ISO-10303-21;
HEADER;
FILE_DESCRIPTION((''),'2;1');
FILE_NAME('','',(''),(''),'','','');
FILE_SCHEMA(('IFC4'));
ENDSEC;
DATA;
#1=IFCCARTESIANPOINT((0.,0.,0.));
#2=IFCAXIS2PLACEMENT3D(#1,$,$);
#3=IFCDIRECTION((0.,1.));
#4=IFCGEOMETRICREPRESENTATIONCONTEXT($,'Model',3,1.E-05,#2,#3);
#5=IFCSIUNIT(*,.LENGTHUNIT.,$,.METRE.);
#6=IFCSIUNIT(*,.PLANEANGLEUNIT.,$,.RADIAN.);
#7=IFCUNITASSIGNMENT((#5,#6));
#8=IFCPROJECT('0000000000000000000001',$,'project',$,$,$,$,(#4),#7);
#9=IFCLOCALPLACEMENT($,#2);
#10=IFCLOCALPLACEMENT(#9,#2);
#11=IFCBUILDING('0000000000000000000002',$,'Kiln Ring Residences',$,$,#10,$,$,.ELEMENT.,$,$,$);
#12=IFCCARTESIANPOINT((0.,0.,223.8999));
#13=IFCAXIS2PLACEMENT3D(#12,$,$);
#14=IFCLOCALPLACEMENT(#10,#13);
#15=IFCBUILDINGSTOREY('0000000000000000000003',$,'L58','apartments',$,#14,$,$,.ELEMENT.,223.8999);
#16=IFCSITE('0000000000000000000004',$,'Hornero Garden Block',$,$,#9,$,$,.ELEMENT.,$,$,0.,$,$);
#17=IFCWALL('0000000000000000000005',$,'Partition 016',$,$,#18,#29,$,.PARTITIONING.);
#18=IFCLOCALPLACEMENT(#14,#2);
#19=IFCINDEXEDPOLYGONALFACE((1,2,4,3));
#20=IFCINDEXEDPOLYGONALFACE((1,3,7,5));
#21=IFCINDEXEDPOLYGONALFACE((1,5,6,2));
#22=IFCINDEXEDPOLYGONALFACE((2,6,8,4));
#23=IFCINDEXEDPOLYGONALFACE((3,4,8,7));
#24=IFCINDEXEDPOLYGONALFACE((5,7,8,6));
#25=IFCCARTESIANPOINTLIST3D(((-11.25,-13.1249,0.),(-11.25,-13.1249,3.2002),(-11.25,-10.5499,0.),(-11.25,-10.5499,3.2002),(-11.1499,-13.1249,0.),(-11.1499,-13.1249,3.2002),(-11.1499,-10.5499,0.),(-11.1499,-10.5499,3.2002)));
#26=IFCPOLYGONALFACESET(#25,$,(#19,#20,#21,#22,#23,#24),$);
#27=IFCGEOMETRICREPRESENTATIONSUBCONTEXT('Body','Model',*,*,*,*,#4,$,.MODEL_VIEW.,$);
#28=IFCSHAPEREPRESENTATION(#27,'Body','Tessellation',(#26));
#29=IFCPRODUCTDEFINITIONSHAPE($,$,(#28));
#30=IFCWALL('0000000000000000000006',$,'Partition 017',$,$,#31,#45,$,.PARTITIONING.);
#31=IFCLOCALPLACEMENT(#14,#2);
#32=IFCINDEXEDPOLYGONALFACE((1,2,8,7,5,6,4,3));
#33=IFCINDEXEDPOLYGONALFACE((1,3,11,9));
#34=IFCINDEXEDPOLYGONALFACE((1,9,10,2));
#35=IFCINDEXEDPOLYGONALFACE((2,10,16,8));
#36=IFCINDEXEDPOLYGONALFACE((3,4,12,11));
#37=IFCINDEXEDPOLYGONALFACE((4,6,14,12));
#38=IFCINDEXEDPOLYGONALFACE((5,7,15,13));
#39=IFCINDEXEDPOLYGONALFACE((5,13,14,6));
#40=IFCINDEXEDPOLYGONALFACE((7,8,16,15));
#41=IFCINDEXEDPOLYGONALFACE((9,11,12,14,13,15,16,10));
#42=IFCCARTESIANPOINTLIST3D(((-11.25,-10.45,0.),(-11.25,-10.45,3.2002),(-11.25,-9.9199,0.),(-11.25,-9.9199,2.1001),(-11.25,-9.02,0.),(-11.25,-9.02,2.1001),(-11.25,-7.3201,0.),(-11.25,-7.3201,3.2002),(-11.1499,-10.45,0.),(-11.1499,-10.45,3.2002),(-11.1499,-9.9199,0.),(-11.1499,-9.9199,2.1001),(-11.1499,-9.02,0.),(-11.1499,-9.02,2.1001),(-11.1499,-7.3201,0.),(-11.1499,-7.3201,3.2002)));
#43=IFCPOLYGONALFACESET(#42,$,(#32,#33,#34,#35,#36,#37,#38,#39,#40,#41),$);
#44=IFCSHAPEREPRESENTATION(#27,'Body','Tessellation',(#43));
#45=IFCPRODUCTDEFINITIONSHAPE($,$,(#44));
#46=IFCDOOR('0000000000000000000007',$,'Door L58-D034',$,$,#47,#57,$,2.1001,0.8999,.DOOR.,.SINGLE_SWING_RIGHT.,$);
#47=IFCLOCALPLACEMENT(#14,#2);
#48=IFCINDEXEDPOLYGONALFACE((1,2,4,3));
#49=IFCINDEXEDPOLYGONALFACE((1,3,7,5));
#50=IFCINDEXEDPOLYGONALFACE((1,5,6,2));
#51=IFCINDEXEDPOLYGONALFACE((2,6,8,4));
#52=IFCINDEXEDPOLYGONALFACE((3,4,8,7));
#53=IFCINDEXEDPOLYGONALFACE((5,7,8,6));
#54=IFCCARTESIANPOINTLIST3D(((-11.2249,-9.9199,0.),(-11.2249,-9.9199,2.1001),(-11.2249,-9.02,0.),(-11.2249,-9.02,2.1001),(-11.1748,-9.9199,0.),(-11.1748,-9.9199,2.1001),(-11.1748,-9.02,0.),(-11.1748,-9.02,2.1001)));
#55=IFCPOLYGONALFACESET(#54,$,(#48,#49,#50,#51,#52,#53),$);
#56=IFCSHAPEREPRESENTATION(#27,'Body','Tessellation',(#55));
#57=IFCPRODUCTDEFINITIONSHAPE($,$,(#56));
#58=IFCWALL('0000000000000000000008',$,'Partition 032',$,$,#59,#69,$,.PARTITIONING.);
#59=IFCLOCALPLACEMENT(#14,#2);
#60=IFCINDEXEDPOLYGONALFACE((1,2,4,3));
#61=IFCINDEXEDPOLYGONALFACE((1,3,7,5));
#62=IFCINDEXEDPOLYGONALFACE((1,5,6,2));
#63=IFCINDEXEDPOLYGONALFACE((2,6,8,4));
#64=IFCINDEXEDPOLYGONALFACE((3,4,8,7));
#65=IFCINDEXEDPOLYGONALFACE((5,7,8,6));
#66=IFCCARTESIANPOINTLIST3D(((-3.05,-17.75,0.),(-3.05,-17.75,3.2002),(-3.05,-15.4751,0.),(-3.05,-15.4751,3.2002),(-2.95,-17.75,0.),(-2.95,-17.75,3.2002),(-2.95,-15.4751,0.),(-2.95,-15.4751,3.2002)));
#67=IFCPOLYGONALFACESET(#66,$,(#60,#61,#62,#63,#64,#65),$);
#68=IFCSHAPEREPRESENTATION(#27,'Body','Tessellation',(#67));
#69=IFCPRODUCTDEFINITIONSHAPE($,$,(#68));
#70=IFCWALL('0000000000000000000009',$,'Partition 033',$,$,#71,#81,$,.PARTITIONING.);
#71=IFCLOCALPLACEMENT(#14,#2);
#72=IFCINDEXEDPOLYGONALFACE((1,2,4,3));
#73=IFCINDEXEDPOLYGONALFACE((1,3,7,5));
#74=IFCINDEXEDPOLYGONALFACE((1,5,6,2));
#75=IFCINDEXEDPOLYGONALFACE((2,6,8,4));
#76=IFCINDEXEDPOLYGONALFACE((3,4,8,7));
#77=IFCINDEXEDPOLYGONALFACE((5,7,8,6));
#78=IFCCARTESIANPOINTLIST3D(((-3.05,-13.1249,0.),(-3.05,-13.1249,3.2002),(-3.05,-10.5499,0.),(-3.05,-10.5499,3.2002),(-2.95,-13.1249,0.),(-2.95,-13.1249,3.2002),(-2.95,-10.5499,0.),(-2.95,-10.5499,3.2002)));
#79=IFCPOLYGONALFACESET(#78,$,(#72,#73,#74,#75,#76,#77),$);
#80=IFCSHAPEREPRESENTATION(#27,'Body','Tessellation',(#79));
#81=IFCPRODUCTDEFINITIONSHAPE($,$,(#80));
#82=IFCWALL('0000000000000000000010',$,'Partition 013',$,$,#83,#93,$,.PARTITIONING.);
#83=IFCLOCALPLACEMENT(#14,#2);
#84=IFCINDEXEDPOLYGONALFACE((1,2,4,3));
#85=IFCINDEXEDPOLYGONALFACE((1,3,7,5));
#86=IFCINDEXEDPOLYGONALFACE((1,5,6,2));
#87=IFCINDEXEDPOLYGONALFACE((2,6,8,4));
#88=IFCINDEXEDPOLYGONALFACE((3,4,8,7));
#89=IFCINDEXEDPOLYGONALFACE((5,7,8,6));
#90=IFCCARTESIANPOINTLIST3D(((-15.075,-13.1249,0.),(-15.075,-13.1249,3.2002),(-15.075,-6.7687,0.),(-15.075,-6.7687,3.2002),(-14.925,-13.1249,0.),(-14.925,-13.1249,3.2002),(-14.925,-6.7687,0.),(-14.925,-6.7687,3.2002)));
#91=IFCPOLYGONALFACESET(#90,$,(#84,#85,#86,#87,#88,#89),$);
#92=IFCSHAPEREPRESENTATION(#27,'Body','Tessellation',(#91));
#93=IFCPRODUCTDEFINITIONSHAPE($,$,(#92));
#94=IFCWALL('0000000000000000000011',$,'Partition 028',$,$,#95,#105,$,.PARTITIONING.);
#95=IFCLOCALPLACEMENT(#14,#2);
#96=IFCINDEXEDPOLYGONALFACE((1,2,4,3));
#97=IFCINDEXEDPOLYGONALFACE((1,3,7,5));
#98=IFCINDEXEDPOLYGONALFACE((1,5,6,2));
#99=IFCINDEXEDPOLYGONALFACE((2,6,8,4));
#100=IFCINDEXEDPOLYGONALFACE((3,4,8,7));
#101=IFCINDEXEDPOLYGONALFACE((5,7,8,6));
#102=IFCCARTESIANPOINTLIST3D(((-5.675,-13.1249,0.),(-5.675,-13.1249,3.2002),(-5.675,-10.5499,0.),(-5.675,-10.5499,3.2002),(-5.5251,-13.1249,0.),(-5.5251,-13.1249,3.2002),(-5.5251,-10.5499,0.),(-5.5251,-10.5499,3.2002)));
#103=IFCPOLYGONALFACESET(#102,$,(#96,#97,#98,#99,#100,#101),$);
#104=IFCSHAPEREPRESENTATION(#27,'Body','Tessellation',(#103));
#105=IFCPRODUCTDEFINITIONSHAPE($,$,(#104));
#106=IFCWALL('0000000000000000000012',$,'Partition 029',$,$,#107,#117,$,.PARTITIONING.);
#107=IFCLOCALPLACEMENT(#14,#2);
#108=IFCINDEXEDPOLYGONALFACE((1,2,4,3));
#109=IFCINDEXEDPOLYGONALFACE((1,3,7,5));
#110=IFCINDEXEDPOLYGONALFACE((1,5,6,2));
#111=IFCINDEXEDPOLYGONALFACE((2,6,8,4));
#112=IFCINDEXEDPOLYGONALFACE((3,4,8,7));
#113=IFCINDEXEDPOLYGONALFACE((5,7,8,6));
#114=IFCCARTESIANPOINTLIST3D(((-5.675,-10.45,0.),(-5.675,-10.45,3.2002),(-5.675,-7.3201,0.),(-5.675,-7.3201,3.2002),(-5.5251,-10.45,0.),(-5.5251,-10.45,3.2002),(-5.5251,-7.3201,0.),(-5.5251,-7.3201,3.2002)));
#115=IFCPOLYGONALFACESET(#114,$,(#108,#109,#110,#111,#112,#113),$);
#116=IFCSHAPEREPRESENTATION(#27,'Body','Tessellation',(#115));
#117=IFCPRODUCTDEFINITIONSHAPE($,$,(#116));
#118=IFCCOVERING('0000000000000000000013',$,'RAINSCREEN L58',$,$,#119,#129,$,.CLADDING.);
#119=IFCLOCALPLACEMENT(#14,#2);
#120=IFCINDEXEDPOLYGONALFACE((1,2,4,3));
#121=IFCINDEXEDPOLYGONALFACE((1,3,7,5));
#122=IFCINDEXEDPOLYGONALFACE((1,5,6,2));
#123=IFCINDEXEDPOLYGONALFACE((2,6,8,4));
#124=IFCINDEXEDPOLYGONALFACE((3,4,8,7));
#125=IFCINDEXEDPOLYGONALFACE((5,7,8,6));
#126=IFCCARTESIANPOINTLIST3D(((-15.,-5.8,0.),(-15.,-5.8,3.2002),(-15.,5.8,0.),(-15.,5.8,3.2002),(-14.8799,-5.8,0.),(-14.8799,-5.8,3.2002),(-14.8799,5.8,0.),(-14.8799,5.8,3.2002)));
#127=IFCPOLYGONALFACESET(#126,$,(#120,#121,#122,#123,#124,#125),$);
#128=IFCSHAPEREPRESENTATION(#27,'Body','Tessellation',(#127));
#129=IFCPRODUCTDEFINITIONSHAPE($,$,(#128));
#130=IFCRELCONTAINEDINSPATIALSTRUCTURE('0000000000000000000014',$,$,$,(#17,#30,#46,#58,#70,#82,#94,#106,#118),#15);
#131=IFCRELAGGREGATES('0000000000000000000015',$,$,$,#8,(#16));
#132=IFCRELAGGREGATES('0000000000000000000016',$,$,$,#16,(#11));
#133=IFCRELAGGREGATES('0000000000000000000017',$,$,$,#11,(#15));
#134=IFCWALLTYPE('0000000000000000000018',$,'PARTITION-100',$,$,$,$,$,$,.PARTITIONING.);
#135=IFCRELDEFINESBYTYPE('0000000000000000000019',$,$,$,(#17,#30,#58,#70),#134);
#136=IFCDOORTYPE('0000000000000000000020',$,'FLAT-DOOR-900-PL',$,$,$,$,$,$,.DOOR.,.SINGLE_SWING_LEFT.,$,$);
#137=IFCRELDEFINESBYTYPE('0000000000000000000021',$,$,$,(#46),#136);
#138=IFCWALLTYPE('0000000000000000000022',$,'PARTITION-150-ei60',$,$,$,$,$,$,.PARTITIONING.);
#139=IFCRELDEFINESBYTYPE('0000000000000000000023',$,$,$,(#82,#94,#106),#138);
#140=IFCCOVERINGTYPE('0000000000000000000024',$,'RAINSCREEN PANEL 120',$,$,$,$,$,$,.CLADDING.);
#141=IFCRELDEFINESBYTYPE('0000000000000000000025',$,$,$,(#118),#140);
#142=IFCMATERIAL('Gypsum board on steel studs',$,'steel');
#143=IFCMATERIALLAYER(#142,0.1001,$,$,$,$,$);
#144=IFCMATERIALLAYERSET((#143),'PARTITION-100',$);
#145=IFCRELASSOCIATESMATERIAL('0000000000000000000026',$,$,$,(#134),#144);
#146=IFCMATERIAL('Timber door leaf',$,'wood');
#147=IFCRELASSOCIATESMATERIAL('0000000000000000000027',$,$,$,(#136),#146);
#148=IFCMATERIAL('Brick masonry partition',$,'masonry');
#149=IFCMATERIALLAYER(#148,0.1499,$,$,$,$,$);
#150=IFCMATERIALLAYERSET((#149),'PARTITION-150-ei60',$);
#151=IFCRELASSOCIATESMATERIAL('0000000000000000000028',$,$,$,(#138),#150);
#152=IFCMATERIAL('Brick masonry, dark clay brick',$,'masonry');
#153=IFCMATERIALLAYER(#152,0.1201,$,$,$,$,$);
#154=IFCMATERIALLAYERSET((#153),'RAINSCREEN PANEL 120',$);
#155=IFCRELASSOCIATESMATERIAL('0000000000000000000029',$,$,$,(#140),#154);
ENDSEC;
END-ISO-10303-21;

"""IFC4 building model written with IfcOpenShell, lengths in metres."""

from ifc_helpers import new_model, si_unit, direction, frame, frame_2d, origin, place, context, subcontext, project, spatial, polyline, rectangle, outline, extrude, material, layer, layer_set, type_object, element, fill, save


model = new_model("IFC4")

# Units and contexts
model_context = context("Model", 3, precision=1e-05, world=origin(), true_north=direction((0.0, 1.0)))
body_context = subcontext(model_context, "Body", "Model", "MODEL_VIEW")
ifc_project = project(units=[si_unit("LENGTHUNIT", "METRE"), si_unit("PLANEANGLEUNIT", "RADIAN")], contexts=[model_context])

# Site, building, storey
site_placement = place(None, origin())
site = spatial("IfcSite", under=ifc_project, at=site_placement, Name="Hornero Garden Block", CompositionType="ELEMENT", RefElevation=0.0)
building_placement = place(site_placement, origin())
building = spatial("IfcBuilding", under=site, at=building_placement, Name="Kiln Ring Residences", CompositionType="ELEMENT")
storey_placement = place(building_placement, frame((0.0, 0.0, 223.8999)))
storey = spatial("IfcBuildingStorey", under=building, at=storey_placement, Name="L58", Description="apartments", CompositionType="ELEMENT", Elevation=223.8999)

# Shared definitions
ifc_material_1 = material(Name="Gypsum board on steel studs", Category="steel")
ifc_layer_1 = layer(ifc_material_1, 0.1001)
ifc_layer_set_1 = layer_set([ifc_layer_1], Name="PARTITION-100")
wall_type_1 = type_object("IfcWallType", Name="PARTITION-100", PredefinedType="PARTITIONING", material=ifc_layer_set_1)
ifc_material_2 = material(Name="Timber door leaf", Category="wood")
door_type_1 = type_object("IfcDoorType", Name="FLAT-DOOR-900-PL", OperationType="SINGLE_SWING_LEFT", PredefinedType="DOOR", material=ifc_material_2)

# Wall
wall_1_placement = place(storey_placement, frame((-11.2, -13.125, 0.0), z_axis=(0.0, 0.0, 1.0), x_axis=(0.0, 1.0, 0.0)))
element("IfcWall", 1, at=wall_1_placement, inside=storey, type_object=wall_type_1, Name="Partition 016", PredefinedType="PARTITIONING", context=body_context, shape_type="SweptSolid", body=[
    extrude(rectangle(XDim=2.575, YDim=0.1001, at=frame_2d((1.2876, 0.0))), origin(), (0.0, 0.0, 1.0), 3.2002),
])

# Wall, opening, door
wall_2_placement = place(storey_placement, frame((-11.2, -10.45, 0.0), z_axis=(0.0, 0.0, 1.0), x_axis=(0.0, 1.0, 0.0)))
wall_2 = element("IfcWall", 2, at=wall_2_placement, inside=storey, type_object=wall_type_1, Name="Partition 017", PredefinedType="PARTITIONING", context=body_context, shape_type="SweptSolid", body=[
    extrude(rectangle(XDim=3.1299, YDim=0.1001, at=frame_2d((1.5649, 0.0))), origin(), (0.0, 0.0, 1.0), 3.2002),
])
opening_1_placement = place(wall_2_placement, frame((0.53, 0.0, 0.0)))
opening_1 = element("IfcOpeningElement", 3, at=opening_1_placement, cuts=wall_2, PredefinedType="OPENING", context=body_context, shape_type="SweptSolid", body=[
    extrude(rectangle(XDim=0.8999, YDim=2.1001, at=frame_2d((0.45, 1.05))), frame((0.0, 0.0601, 0.0), z_axis=(0.0, -1.0, 0.0), x_axis=(1.0, 0.0, 0.0)), (0.0, 0.0, 1.0), 0.1201),
])
door_1_placement = place(opening_1_placement, origin())
door_1 = element("IfcDoor", 4, at=door_1_placement, inside=storey, type_object=door_type_1, Name="Door L58-D034", OperationType="SINGLE_SWING_RIGHT", OverallHeight=2.1001, OverallWidth=0.8999, PredefinedType="DOOR", context=body_context, shape_type="SweptSolid", body=[
    extrude(rectangle(XDim=0.8999, YDim=2.1001, at=frame_2d((0.45, 1.05))), frame((0.0, 0.0249, 0.0), z_axis=(0.0, -1.0, 0.0), x_axis=(1.0, 0.0, 0.0)), (0.0, 0.0, 1.0), 0.05),
])
fill(opening_1, door_1)

# Walls
wall_3_placement = place(storey_placement, frame((-3.0, -17.75, 0.0), z_axis=(0.0, 0.0, 1.0), x_axis=(0.0, 1.0, 0.0)))
element("IfcWall", 5, at=wall_3_placement, inside=storey, type_object=wall_type_1, Name="Partition 032", PredefinedType="PARTITIONING", context=body_context, shape_type="SweptSolid", body=[
    extrude(rectangle(XDim=2.2749, YDim=0.1001, at=frame_2d((1.1375, 0.0))), origin(), (0.0, 0.0, 1.0), 3.2002),
])
wall_4_placement = place(storey_placement, frame((-3.0, -13.125, 0.0), z_axis=(0.0, 0.0, 1.0), x_axis=(0.0, 1.0, 0.0)))
element("IfcWall", 6, at=wall_4_placement, inside=storey, type_object=wall_type_1, Name="Partition 033", PredefinedType="PARTITIONING", context=body_context, shape_type="SweptSolid", body=[
    extrude(rectangle(XDim=2.575, YDim=0.1001, at=frame_2d((1.2876, 0.0))), origin(), (0.0, 0.0, 1.0), 3.2002),
])
ifc_material_3 = material(Name="Brick masonry partition", Category="masonry")
ifc_layer_2 = layer(ifc_material_3, 0.1499)
ifc_layer_set_2 = layer_set([ifc_layer_2], Name="PARTITION-150-ei60")
wall_type_2 = type_object("IfcWallType", Name="PARTITION-150-ei60", PredefinedType="PARTITIONING", material=ifc_layer_set_2)
wall_5_placement = place(storey_placement, frame((-15.0, -13.125, 0.0), z_axis=(0.0, 0.0, 1.0), x_axis=(0.0, 1.0, 0.0)))
element("IfcWall", 7, at=wall_5_placement, inside=storey, type_object=wall_type_2, Name="Partition 013", PredefinedType="PARTITIONING", context=body_context, shape_type="SweptSolid", body=[
    extrude(rectangle(XDim=6.3562, YDim=0.1499, at=frame_2d((3.1782, 0.0))), origin(), (0.0, 0.0, 1.0), 3.2002),
])
wall_6_placement = place(storey_placement, frame((-5.6001, -13.125, 0.0), z_axis=(0.0, 0.0, 1.0), x_axis=(0.0, 1.0, 0.0)))
element("IfcWall", 8, at=wall_6_placement, inside=storey, type_object=wall_type_2, Name="Partition 028", PredefinedType="PARTITIONING", context=body_context, shape_type="SweptSolid", body=[
    extrude(rectangle(XDim=2.575, YDim=0.1499, at=frame_2d((1.2876, 0.0))), origin(), (0.0, 0.0, 1.0), 3.2002),
])
wall_7_placement = place(storey_placement, frame((-5.6001, -10.45, 0.0), z_axis=(0.0, 0.0, 1.0), x_axis=(0.0, 1.0, 0.0)))
element("IfcWall", 9, at=wall_7_placement, inside=storey, type_object=wall_type_2, Name="Partition 029", PredefinedType="PARTITIONING", context=body_context, shape_type="SweptSolid", body=[
    extrude(rectangle(XDim=3.1299, YDim=0.1499, at=frame_2d((1.5649, 0.0))), origin(), (0.0, 0.0, 1.0), 3.2002),
])

# Covering
ifc_material_4 = material(Name="Brick masonry, dark clay brick", Category="masonry")
ifc_layer_3 = layer(ifc_material_4, 0.1201)
ifc_layer_set_3 = layer_set([ifc_layer_3], Name="RAINSCREEN PANEL 120")
covering_type = type_object("IfcCoveringType", Name="RAINSCREEN PANEL 120", PredefinedType="CLADDING", material=ifc_layer_set_3)
covering_placement = place(storey_placement, frame((-14.9399, -5.8, 0.0), z_axis=(0.0, 0.0, 1.0), x_axis=(0.0, 1.0, 0.0)))
element("IfcCovering", 10, at=covering_placement, inside=storey, type_object=covering_type, Name="RAINSCREEN L58", PredefinedType="CLADDING", context=body_context, shape_type="SweptSolid", body=[
    extrude(outline(polyline([(0.0, 0.0), (11.6001, 0.0), (11.6001, 3.2002), (0.0, 3.2002), (0.0, 0.0)])), frame((0.0, 0.0601, 0.0), z_axis=(0.0, -1.0, 0.0), x_axis=(1.0, 0.0, 0.0)), (0.0, 0.0, 1.0), 0.1201),
])

save(model, "model.ifc")
